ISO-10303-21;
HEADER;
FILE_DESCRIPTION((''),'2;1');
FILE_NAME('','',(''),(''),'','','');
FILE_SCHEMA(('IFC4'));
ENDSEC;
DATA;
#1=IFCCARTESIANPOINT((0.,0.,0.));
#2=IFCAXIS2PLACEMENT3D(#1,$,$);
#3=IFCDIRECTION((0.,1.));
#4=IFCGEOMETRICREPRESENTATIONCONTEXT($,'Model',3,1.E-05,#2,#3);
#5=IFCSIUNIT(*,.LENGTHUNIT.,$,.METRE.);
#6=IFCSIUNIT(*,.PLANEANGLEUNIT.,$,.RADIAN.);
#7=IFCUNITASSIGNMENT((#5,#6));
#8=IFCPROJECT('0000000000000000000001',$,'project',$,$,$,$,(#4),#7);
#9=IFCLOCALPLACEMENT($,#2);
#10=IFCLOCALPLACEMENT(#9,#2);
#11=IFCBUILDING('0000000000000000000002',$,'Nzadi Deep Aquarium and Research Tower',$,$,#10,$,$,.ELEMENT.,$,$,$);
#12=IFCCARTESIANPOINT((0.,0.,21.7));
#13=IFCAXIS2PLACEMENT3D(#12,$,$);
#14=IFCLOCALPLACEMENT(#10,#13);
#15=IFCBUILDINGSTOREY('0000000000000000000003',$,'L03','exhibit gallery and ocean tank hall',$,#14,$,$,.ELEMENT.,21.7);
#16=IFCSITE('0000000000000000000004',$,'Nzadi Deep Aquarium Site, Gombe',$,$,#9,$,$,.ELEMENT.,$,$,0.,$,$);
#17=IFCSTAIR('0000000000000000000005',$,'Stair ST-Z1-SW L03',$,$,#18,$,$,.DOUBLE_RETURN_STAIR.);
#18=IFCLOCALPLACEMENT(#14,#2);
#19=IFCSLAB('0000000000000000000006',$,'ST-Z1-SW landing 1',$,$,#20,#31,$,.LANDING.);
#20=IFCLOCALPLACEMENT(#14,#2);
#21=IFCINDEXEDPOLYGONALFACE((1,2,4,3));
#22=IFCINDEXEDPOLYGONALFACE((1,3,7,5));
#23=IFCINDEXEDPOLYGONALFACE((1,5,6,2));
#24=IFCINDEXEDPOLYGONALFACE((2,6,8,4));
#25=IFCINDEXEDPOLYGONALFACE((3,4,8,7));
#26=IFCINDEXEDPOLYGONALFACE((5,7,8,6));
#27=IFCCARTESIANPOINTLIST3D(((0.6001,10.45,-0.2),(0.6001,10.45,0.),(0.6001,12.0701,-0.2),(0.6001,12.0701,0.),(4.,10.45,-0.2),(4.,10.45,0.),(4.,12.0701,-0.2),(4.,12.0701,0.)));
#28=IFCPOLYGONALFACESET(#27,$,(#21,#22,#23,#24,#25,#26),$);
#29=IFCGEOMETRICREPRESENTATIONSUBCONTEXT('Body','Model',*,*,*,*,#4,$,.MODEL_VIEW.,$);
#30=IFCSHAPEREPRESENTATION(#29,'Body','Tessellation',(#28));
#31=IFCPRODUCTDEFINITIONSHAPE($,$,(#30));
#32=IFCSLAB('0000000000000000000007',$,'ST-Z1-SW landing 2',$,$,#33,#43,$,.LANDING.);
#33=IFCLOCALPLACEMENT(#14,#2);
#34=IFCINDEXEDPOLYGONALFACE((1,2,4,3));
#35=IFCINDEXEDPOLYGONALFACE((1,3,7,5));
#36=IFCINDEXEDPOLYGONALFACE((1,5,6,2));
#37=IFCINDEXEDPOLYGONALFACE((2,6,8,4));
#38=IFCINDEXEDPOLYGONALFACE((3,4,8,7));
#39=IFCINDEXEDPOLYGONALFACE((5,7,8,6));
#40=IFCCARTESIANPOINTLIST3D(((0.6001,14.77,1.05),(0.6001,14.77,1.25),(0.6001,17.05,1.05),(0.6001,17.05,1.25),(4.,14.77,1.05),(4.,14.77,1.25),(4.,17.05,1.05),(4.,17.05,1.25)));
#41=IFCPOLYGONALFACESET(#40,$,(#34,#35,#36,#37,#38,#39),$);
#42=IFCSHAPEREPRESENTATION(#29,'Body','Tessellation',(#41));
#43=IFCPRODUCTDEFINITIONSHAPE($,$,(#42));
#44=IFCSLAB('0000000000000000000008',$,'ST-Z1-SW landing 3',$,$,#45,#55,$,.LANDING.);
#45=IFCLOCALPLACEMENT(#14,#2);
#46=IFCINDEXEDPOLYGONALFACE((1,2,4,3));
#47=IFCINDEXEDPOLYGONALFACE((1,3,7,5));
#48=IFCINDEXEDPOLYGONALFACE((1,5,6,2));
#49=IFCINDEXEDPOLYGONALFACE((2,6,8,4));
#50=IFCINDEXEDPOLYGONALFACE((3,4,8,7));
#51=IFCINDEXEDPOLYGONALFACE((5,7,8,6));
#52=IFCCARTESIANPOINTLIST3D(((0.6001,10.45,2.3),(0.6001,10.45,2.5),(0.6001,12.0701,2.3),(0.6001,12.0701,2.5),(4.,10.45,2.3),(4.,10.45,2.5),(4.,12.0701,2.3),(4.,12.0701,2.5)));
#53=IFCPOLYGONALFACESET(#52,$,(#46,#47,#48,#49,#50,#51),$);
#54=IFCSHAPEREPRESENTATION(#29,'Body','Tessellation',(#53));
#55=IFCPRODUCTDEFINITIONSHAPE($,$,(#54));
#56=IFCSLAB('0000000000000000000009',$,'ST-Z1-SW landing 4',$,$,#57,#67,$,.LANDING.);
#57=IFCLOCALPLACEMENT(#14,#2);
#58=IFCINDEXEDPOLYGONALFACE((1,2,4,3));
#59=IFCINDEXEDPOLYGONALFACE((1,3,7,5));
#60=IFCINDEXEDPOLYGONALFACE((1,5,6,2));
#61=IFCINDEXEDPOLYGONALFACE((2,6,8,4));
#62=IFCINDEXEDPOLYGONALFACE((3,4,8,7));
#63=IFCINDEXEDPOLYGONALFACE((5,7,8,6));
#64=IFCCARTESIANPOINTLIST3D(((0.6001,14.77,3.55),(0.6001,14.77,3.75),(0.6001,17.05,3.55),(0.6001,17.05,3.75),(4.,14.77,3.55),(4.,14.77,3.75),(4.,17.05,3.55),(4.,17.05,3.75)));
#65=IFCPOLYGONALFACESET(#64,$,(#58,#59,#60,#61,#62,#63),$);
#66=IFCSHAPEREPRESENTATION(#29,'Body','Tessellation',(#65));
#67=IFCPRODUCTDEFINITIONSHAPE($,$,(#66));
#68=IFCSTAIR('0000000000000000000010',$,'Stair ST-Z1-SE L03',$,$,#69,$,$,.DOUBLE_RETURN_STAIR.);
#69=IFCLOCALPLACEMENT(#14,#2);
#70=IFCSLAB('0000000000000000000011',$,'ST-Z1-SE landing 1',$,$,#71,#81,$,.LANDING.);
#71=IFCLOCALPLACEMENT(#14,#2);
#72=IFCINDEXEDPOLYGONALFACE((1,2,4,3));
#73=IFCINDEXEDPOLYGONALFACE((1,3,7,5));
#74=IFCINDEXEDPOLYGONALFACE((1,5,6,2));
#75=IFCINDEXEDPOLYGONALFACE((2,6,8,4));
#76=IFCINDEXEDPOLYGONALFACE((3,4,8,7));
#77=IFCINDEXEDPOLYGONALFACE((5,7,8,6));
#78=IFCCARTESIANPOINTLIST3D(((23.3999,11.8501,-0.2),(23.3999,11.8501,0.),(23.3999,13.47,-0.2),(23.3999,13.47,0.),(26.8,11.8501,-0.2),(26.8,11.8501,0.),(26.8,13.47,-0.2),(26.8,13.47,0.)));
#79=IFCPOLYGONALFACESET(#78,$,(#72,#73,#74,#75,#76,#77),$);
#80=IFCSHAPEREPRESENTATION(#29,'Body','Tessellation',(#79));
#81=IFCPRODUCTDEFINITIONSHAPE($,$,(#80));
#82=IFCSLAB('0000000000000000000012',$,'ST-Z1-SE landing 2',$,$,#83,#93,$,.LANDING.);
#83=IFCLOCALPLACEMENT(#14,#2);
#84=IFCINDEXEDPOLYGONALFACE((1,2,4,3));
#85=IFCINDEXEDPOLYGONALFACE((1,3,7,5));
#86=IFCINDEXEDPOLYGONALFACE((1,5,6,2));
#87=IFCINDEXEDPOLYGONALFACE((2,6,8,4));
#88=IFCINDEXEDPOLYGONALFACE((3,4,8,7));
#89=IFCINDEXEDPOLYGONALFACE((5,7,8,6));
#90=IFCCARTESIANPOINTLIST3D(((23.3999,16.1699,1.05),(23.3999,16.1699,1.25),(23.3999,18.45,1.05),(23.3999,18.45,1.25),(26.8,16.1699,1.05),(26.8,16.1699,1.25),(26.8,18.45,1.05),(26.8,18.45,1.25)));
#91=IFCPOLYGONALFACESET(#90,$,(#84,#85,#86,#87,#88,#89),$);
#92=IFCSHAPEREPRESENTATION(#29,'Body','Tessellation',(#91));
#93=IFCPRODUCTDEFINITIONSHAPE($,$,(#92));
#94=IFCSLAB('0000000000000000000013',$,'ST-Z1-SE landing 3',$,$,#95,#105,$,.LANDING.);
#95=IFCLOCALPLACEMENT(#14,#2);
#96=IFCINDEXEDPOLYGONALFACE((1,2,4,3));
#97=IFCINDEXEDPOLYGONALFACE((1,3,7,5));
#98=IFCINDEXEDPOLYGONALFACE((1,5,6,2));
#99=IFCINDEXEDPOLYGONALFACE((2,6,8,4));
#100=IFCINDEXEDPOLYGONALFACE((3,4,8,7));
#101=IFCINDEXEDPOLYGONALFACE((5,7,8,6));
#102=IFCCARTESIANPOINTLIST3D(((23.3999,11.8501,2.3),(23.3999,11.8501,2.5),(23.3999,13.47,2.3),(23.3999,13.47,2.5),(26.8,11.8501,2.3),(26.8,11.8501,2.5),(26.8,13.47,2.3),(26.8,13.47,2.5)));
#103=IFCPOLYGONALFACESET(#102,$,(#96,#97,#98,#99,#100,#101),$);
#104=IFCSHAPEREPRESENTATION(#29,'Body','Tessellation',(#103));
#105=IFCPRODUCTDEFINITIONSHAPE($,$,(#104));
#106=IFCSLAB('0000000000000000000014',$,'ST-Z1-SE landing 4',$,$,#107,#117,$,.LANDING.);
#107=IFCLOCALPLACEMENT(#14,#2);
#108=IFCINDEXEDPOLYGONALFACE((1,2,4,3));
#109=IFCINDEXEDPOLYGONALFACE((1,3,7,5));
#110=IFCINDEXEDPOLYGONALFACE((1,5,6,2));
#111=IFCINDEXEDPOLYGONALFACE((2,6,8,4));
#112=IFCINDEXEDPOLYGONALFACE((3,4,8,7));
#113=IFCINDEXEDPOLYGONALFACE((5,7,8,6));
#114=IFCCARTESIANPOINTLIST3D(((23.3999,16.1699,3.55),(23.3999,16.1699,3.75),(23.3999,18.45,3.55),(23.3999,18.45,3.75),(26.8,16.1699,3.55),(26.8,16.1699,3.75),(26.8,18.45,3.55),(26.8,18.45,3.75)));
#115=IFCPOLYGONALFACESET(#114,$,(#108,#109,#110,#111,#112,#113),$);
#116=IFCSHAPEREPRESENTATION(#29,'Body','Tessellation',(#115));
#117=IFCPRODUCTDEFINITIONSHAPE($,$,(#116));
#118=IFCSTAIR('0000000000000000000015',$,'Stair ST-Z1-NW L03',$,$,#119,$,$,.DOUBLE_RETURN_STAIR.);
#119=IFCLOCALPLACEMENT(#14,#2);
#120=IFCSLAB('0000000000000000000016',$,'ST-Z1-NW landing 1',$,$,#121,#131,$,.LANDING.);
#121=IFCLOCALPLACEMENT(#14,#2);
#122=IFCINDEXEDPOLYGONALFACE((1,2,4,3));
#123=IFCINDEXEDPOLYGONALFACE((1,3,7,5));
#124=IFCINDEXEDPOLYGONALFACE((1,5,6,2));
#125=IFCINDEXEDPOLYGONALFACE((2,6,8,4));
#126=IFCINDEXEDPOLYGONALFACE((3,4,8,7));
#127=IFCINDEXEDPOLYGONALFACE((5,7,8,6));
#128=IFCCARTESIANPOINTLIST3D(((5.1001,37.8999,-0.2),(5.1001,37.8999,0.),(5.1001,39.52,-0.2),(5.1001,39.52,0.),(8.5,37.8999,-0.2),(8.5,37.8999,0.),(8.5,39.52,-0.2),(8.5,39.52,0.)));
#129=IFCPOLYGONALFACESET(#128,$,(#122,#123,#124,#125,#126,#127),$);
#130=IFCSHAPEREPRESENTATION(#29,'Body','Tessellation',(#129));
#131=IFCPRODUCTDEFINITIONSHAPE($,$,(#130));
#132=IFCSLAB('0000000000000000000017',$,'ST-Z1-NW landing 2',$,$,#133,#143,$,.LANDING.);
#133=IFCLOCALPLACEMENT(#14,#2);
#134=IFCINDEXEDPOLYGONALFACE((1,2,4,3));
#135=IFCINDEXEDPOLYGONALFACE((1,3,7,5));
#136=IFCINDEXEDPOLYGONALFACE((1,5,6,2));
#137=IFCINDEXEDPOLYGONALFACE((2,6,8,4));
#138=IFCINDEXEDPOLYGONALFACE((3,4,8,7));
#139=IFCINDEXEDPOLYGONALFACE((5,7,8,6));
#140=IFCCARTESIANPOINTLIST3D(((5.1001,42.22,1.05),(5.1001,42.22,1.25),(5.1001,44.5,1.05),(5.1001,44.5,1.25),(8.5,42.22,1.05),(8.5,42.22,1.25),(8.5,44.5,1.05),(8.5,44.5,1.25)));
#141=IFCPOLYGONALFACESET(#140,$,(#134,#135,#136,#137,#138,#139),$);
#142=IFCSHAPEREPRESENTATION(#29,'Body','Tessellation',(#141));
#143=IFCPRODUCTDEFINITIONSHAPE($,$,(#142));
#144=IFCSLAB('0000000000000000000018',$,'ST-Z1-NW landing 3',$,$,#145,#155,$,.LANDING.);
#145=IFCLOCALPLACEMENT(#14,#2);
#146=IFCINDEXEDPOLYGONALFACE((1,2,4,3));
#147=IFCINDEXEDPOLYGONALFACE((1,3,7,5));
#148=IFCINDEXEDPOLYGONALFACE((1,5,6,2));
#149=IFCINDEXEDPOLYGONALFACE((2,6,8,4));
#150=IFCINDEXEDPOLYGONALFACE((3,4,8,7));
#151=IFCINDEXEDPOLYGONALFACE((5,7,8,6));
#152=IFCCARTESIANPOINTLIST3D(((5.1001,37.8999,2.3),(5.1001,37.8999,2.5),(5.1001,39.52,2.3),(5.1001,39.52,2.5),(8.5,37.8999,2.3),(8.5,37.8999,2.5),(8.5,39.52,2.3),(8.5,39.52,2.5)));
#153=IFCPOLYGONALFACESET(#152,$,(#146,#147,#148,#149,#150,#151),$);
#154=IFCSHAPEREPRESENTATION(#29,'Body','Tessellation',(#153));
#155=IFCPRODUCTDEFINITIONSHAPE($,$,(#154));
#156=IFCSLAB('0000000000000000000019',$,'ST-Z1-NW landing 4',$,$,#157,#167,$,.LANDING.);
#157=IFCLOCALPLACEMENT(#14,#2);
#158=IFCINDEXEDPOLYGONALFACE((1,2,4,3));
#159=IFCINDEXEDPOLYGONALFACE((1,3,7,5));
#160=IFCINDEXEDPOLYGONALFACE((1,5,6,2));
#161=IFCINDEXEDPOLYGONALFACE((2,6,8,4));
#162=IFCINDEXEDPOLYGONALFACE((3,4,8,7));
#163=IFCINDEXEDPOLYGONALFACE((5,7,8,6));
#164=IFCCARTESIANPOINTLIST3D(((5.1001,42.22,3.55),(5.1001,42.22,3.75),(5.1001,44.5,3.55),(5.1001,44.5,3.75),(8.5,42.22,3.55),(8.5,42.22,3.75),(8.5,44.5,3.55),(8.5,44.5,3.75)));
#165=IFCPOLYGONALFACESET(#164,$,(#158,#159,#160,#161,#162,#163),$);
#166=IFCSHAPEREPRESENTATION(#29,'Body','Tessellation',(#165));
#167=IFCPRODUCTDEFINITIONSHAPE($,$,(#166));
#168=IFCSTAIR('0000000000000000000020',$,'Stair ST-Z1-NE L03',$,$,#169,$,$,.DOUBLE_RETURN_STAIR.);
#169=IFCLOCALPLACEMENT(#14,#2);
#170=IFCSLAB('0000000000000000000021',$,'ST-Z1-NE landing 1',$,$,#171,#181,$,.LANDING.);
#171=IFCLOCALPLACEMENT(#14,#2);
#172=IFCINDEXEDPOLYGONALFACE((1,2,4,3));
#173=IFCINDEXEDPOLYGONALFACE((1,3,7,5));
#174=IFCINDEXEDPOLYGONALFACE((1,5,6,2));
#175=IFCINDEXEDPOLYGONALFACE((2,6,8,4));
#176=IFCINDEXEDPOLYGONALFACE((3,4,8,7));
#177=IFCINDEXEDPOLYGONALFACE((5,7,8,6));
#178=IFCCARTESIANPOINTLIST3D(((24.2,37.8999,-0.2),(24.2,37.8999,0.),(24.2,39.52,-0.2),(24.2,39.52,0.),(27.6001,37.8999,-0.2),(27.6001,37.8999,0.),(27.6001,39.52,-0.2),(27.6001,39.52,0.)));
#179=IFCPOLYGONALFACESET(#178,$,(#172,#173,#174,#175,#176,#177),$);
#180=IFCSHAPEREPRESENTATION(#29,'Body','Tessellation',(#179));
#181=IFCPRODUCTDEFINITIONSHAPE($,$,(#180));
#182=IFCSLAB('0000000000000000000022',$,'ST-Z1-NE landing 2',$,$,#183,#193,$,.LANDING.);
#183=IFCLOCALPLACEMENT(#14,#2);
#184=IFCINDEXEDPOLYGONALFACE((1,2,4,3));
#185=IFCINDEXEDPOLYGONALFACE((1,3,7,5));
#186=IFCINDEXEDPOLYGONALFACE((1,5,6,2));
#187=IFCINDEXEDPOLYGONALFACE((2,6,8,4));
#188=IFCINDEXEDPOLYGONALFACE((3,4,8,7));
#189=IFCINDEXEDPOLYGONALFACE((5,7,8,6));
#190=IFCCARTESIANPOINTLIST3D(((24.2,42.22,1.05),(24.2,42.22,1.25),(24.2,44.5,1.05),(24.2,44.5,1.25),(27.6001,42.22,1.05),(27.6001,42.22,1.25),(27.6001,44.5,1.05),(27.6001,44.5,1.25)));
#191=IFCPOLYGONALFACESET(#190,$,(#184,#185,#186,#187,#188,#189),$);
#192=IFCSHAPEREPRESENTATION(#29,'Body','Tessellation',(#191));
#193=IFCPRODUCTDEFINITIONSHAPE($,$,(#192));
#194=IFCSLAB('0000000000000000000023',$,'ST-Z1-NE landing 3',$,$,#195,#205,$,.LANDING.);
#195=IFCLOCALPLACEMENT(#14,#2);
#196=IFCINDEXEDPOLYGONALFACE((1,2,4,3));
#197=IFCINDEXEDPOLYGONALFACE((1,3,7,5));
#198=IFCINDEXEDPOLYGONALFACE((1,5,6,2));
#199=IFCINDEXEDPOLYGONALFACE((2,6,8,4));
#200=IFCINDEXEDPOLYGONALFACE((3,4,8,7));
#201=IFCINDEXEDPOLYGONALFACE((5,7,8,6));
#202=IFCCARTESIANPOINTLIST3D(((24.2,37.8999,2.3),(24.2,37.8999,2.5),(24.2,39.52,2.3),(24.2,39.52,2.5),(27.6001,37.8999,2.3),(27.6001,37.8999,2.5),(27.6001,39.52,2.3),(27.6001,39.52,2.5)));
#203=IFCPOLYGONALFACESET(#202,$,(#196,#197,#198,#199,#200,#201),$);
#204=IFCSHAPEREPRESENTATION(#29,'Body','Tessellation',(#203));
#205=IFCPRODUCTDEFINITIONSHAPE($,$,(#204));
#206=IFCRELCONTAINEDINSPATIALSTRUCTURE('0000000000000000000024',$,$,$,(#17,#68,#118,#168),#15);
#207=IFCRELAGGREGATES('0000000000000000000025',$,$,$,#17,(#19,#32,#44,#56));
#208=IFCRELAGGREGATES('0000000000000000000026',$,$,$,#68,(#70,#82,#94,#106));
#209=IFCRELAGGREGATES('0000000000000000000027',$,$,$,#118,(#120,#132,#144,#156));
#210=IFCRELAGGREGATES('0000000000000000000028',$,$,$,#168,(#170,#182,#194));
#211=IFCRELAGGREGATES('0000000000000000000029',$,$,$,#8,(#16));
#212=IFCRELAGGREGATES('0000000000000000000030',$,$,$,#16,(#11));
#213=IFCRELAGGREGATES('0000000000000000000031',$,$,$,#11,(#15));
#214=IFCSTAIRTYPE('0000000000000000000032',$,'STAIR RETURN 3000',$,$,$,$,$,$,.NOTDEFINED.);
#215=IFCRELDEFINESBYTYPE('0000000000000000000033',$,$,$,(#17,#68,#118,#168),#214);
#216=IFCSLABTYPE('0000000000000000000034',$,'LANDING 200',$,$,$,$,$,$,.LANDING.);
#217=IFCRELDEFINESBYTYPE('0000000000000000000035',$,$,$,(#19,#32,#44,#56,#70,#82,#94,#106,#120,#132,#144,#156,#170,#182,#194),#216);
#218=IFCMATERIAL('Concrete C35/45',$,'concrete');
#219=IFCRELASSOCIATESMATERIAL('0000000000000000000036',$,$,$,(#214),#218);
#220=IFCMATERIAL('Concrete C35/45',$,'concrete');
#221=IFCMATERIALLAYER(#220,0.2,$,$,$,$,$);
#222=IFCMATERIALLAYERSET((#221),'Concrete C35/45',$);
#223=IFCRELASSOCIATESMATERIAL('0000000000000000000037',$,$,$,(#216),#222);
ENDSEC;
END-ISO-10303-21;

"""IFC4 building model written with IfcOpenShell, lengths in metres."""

from ifc_helpers import new_model, si_unit, direction, frame, origin, place, context, subcontext, project, spatial, polyline, outline, extrude, material, layer, layer_set, type_object, element, aggregate, save


model = new_model("IFC4")

# Units and contexts
model_context = context("Model", 3, precision=1e-05, world=origin(), true_north=direction((0.0, 1.0)))
body_context = subcontext(model_context, "Body", "Model", "MODEL_VIEW")
ifc_project = project(units=[si_unit("LENGTHUNIT", "METRE"), si_unit("PLANEANGLEUNIT", "RADIAN")], contexts=[model_context])

# Site, building, storey
site_placement = place(None, origin())
site = spatial("IfcSite", under=ifc_project, at=site_placement, Name="Nzadi Deep Aquarium Site, Gombe", CompositionType="ELEMENT", RefElevation=0.0)
building_placement = place(site_placement, origin())
building = spatial("IfcBuilding", under=site, at=building_placement, Name="Nzadi Deep Aquarium and Research Tower", CompositionType="ELEMENT")
storey_placement = place(building_placement, frame((0.0, 0.0, 21.7)))
storey = spatial("IfcBuildingStorey", under=building, at=storey_placement, Name="L03", Description="exhibit gallery and ocean tank hall", CompositionType="ELEMENT", Elevation=21.7)

# Stairs, slabs
ifc_material_1 = material(Name="Concrete C35/45", Category="concrete")
stair_type = type_object("IfcStairType", Name="STAIR RETURN 3000", PredefinedType="NOTDEFINED", material=ifc_material_1)
stair_1_placement = place(storey_placement, origin())
stair_1 = element("IfcStair", 1, at=stair_1_placement, inside=storey, type_object=stair_type, Name="Stair ST-Z1-SW L03", PredefinedType="DOUBLE_RETURN_STAIR")
ifc_material_2 = material(Name="Concrete C35/45", Category="concrete")
ifc_layer_1 = layer(ifc_material_2, 0.2)
ifc_layer_set_1 = layer_set([ifc_layer_1], Name="Concrete C35/45")
slab_type_1 = type_object("IfcSlabType", Name="LANDING 200", PredefinedType="LANDING", material=ifc_layer_set_1)
slab_1_placement = place(storey_placement, frame((0.0, 0.0, -0.2)))
slab_1 = element("IfcSlab", 2, at=slab_1_placement, type_object=slab_type_1, Name="ST-Z1-SW landing 1", PredefinedType="LANDING", context=body_context, shape_type="SweptSolid", body=[
    extrude(outline(polyline([(0.6001, 10.45), (4.0, 10.45), (4.0, 12.0701), (0.6001, 12.0701), (0.6001, 10.45)])), origin(), (0.0, 0.0, 1.0), 0.2),
])
slab_2_placement = place(storey_placement, frame((0.0, 0.0, 1.05)))
slab_2 = element("IfcSlab", 3, at=slab_2_placement, type_object=slab_type_1, Name="ST-Z1-SW landing 2", PredefinedType="LANDING", context=body_context, shape_type="SweptSolid", body=[
    extrude(outline(polyline([(0.6001, 14.77), (4.0, 14.77), (4.0, 17.05), (0.6001, 17.05), (0.6001, 14.77)])), origin(), (0.0, 0.0, 1.0), 0.2),
])
slab_3_placement = place(storey_placement, frame((0.0, 0.0, 2.3)))
slab_3 = element("IfcSlab", 4, at=slab_3_placement, type_object=slab_type_1, Name="ST-Z1-SW landing 3", PredefinedType="LANDING", context=body_context, shape_type="SweptSolid", body=[
    extrude(outline(polyline([(0.6001, 10.45), (4.0, 10.45), (4.0, 12.0701), (0.6001, 12.0701), (0.6001, 10.45)])), origin(), (0.0, 0.0, 1.0), 0.2),
])
slab_4_placement = place(storey_placement, frame((0.0, 0.0, 3.55)))
slab_4 = element("IfcSlab", 5, at=slab_4_placement, type_object=slab_type_1, Name="ST-Z1-SW landing 4", PredefinedType="LANDING", context=body_context, shape_type="SweptSolid", body=[
    extrude(outline(polyline([(0.6001, 14.77), (4.0, 14.77), (4.0, 17.05), (0.6001, 17.05), (0.6001, 14.77)])), origin(), (0.0, 0.0, 1.0), 0.2),
])
aggregate(stair_1, [slab_1, slab_2, slab_3, slab_4])
stair_2_placement = place(storey_placement, origin())
stair_2 = element("IfcStair", 6, at=stair_2_placement, inside=storey, type_object=stair_type, Name="Stair ST-Z1-SE L03", PredefinedType="DOUBLE_RETURN_STAIR")
slab_5_placement = place(storey_placement, frame((0.0, 0.0, -0.2)))
slab_5 = element("IfcSlab", 7, at=slab_5_placement, type_object=slab_type_1, Name="ST-Z1-SE landing 1", PredefinedType="LANDING", context=body_context, shape_type="SweptSolid", body=[
    extrude(outline(polyline([(23.3999, 11.8501), (26.8, 11.8501), (26.8, 13.47), (23.3999, 13.47), (23.3999, 11.8501)])), origin(), (0.0, 0.0, 1.0), 0.2),
])
slab_6_placement = place(storey_placement, frame((0.0, 0.0, 1.05)))
slab_6 = element("IfcSlab", 8, at=slab_6_placement, type_object=slab_type_1, Name="ST-Z1-SE landing 2", PredefinedType="LANDING", context=body_context, shape_type="SweptSolid", body=[
    extrude(outline(polyline([(23.3999, 16.1699), (26.8, 16.1699), (26.8, 18.45), (23.3999, 18.45), (23.3999, 16.1699)])), origin(), (0.0, 0.0, 1.0), 0.2),
])
slab_7_placement = place(storey_placement, frame((0.0, 0.0, 2.3)))
slab_7 = element("IfcSlab", 9, at=slab_7_placement, type_object=slab_type_1, Name="ST-Z1-SE landing 3", PredefinedType="LANDING", context=body_context, shape_type="SweptSolid", body=[
    extrude(outline(polyline([(23.3999, 11.8501), (26.8, 11.8501), (26.8, 13.47), (23.3999, 13.47), (23.3999, 11.8501)])), origin(), (0.0, 0.0, 1.0), 0.2),
])
slab_8_placement = place(storey_placement, frame((0.0, 0.0, 3.55)))
slab_8 = element("IfcSlab", 10, at=slab_8_placement, type_object=slab_type_1, Name="ST-Z1-SE landing 4", PredefinedType="LANDING", context=body_context, shape_type="SweptSolid", body=[
    extrude(outline(polyline([(23.3999, 16.1699), (26.8, 16.1699), (26.8, 18.45), (23.3999, 18.45), (23.3999, 16.1699)])), origin(), (0.0, 0.0, 1.0), 0.2),
])
aggregate(stair_2, [slab_5, slab_6, slab_7, slab_8])
stair_3_placement = place(storey_placement, origin())
stair_3 = element("IfcStair", 11, at=stair_3_placement, inside=storey, type_object=stair_type, Name="Stair ST-Z1-NW L03", PredefinedType="DOUBLE_RETURN_STAIR")
slab_9_placement = place(storey_placement, frame((0.0, 0.0, -0.2)))
slab_9 = element("IfcSlab", 12, at=slab_9_placement, type_object=slab_type_1, Name="ST-Z1-NW landing 1", PredefinedType="LANDING", context=body_context, shape_type="SweptSolid", body=[
    extrude(outline(polyline([(5.1001, 37.8999), (8.5, 37.8999), (8.5, 39.52), (5.1001, 39.52), (5.1001, 37.8999)])), origin(), (0.0, 0.0, 1.0), 0.2),
])
slab_10_placement = place(storey_placement, frame((0.0, 0.0, 1.05)))
slab_10 = element("IfcSlab", 13, at=slab_10_placement, type_object=slab_type_1, Name="ST-Z1-NW landing 2", PredefinedType="LANDING", context=body_context, shape_type="SweptSolid", body=[
    extrude(outline(polyline([(5.1001, 42.22), (8.5, 42.22), (8.5, 44.5), (5.1001, 44.5), (5.1001, 42.22)])), origin(), (0.0, 0.0, 1.0), 0.2),
])
slab_11_placement = place(storey_placement, frame((0.0, 0.0, 2.3)))
slab_11 = element("IfcSlab", 14, at=slab_11_placement, type_object=slab_type_1, Name="ST-Z1-NW landing 3", PredefinedType="LANDING", context=body_context, shape_type="SweptSolid", body=[
    extrude(outline(polyline([(5.1001, 37.8999), (8.5, 37.8999), (8.5, 39.52), (5.1001, 39.52), (5.1001, 37.8999)])), origin(), (0.0, 0.0, 1.0), 0.2),
])
slab_12_placement = place(storey_placement, frame((0.0, 0.0, 3.55)))
slab_12 = element("IfcSlab", 15, at=slab_12_placement, type_object=slab_type_1, Name="ST-Z1-NW landing 4", PredefinedType="LANDING", context=body_context, shape_type="SweptSolid", body=[
    extrude(outline(polyline([(5.1001, 42.22), (8.5, 42.22), (8.5, 44.5), (5.1001, 44.5), (5.1001, 42.22)])), origin(), (0.0, 0.0, 1.0), 0.2),
])
aggregate(stair_3, [slab_9, slab_10, slab_11, slab_12])
stair_4_placement = place(storey_placement, origin())
stair_4 = element("IfcStair", 16, at=stair_4_placement, inside=storey, type_object=stair_type, Name="Stair ST-Z1-NE L03", PredefinedType="DOUBLE_RETURN_STAIR")
slab_13_placement = place(storey_placement, frame((0.0, 0.0, -0.2)))
slab_13 = element("IfcSlab", 17, at=slab_13_placement, type_object=slab_type_1, Name="ST-Z1-NE landing 1", PredefinedType="LANDING", context=body_context, shape_type="SweptSolid", body=[
    extrude(outline(polyline([(24.2, 37.8999), (27.6001, 37.8999), (27.6001, 39.52), (24.2, 39.52), (24.2, 37.8999)])), origin(), (0.0, 0.0, 1.0), 0.2),
])
slab_14_placement = place(storey_placement, frame((0.0, 0.0, 1.05)))
slab_14 = element("IfcSlab", 18, at=slab_14_placement, type_object=slab_type_1, Name="ST-Z1-NE landing 2", PredefinedType="LANDING", context=body_context, shape_type="SweptSolid", body=[
    extrude(outline(polyline([(24.2, 42.22), (27.6001, 42.22), (27.6001, 44.5), (24.2, 44.5), (24.2, 42.22)])), origin(), (0.0, 0.0, 1.0), 0.2),
])
slab_15_placement = place(storey_placement, frame((0.0, 0.0, 2.3)))
slab_15 = element("IfcSlab", 19, at=slab_15_placement, type_object=slab_type_1, Name="ST-Z1-NE landing 3", PredefinedType="LANDING", context=body_context, shape_type="SweptSolid", body=[
    extrude(outline(polyline([(24.2, 37.8999), (27.6001, 37.8999), (27.6001, 39.52), (24.2, 39.52), (24.2, 37.8999)])), origin(), (0.0, 0.0, 1.0), 0.2),
])
aggregate(stair_4, [slab_13, slab_14, slab_15])

save(model, "model.ifc")
